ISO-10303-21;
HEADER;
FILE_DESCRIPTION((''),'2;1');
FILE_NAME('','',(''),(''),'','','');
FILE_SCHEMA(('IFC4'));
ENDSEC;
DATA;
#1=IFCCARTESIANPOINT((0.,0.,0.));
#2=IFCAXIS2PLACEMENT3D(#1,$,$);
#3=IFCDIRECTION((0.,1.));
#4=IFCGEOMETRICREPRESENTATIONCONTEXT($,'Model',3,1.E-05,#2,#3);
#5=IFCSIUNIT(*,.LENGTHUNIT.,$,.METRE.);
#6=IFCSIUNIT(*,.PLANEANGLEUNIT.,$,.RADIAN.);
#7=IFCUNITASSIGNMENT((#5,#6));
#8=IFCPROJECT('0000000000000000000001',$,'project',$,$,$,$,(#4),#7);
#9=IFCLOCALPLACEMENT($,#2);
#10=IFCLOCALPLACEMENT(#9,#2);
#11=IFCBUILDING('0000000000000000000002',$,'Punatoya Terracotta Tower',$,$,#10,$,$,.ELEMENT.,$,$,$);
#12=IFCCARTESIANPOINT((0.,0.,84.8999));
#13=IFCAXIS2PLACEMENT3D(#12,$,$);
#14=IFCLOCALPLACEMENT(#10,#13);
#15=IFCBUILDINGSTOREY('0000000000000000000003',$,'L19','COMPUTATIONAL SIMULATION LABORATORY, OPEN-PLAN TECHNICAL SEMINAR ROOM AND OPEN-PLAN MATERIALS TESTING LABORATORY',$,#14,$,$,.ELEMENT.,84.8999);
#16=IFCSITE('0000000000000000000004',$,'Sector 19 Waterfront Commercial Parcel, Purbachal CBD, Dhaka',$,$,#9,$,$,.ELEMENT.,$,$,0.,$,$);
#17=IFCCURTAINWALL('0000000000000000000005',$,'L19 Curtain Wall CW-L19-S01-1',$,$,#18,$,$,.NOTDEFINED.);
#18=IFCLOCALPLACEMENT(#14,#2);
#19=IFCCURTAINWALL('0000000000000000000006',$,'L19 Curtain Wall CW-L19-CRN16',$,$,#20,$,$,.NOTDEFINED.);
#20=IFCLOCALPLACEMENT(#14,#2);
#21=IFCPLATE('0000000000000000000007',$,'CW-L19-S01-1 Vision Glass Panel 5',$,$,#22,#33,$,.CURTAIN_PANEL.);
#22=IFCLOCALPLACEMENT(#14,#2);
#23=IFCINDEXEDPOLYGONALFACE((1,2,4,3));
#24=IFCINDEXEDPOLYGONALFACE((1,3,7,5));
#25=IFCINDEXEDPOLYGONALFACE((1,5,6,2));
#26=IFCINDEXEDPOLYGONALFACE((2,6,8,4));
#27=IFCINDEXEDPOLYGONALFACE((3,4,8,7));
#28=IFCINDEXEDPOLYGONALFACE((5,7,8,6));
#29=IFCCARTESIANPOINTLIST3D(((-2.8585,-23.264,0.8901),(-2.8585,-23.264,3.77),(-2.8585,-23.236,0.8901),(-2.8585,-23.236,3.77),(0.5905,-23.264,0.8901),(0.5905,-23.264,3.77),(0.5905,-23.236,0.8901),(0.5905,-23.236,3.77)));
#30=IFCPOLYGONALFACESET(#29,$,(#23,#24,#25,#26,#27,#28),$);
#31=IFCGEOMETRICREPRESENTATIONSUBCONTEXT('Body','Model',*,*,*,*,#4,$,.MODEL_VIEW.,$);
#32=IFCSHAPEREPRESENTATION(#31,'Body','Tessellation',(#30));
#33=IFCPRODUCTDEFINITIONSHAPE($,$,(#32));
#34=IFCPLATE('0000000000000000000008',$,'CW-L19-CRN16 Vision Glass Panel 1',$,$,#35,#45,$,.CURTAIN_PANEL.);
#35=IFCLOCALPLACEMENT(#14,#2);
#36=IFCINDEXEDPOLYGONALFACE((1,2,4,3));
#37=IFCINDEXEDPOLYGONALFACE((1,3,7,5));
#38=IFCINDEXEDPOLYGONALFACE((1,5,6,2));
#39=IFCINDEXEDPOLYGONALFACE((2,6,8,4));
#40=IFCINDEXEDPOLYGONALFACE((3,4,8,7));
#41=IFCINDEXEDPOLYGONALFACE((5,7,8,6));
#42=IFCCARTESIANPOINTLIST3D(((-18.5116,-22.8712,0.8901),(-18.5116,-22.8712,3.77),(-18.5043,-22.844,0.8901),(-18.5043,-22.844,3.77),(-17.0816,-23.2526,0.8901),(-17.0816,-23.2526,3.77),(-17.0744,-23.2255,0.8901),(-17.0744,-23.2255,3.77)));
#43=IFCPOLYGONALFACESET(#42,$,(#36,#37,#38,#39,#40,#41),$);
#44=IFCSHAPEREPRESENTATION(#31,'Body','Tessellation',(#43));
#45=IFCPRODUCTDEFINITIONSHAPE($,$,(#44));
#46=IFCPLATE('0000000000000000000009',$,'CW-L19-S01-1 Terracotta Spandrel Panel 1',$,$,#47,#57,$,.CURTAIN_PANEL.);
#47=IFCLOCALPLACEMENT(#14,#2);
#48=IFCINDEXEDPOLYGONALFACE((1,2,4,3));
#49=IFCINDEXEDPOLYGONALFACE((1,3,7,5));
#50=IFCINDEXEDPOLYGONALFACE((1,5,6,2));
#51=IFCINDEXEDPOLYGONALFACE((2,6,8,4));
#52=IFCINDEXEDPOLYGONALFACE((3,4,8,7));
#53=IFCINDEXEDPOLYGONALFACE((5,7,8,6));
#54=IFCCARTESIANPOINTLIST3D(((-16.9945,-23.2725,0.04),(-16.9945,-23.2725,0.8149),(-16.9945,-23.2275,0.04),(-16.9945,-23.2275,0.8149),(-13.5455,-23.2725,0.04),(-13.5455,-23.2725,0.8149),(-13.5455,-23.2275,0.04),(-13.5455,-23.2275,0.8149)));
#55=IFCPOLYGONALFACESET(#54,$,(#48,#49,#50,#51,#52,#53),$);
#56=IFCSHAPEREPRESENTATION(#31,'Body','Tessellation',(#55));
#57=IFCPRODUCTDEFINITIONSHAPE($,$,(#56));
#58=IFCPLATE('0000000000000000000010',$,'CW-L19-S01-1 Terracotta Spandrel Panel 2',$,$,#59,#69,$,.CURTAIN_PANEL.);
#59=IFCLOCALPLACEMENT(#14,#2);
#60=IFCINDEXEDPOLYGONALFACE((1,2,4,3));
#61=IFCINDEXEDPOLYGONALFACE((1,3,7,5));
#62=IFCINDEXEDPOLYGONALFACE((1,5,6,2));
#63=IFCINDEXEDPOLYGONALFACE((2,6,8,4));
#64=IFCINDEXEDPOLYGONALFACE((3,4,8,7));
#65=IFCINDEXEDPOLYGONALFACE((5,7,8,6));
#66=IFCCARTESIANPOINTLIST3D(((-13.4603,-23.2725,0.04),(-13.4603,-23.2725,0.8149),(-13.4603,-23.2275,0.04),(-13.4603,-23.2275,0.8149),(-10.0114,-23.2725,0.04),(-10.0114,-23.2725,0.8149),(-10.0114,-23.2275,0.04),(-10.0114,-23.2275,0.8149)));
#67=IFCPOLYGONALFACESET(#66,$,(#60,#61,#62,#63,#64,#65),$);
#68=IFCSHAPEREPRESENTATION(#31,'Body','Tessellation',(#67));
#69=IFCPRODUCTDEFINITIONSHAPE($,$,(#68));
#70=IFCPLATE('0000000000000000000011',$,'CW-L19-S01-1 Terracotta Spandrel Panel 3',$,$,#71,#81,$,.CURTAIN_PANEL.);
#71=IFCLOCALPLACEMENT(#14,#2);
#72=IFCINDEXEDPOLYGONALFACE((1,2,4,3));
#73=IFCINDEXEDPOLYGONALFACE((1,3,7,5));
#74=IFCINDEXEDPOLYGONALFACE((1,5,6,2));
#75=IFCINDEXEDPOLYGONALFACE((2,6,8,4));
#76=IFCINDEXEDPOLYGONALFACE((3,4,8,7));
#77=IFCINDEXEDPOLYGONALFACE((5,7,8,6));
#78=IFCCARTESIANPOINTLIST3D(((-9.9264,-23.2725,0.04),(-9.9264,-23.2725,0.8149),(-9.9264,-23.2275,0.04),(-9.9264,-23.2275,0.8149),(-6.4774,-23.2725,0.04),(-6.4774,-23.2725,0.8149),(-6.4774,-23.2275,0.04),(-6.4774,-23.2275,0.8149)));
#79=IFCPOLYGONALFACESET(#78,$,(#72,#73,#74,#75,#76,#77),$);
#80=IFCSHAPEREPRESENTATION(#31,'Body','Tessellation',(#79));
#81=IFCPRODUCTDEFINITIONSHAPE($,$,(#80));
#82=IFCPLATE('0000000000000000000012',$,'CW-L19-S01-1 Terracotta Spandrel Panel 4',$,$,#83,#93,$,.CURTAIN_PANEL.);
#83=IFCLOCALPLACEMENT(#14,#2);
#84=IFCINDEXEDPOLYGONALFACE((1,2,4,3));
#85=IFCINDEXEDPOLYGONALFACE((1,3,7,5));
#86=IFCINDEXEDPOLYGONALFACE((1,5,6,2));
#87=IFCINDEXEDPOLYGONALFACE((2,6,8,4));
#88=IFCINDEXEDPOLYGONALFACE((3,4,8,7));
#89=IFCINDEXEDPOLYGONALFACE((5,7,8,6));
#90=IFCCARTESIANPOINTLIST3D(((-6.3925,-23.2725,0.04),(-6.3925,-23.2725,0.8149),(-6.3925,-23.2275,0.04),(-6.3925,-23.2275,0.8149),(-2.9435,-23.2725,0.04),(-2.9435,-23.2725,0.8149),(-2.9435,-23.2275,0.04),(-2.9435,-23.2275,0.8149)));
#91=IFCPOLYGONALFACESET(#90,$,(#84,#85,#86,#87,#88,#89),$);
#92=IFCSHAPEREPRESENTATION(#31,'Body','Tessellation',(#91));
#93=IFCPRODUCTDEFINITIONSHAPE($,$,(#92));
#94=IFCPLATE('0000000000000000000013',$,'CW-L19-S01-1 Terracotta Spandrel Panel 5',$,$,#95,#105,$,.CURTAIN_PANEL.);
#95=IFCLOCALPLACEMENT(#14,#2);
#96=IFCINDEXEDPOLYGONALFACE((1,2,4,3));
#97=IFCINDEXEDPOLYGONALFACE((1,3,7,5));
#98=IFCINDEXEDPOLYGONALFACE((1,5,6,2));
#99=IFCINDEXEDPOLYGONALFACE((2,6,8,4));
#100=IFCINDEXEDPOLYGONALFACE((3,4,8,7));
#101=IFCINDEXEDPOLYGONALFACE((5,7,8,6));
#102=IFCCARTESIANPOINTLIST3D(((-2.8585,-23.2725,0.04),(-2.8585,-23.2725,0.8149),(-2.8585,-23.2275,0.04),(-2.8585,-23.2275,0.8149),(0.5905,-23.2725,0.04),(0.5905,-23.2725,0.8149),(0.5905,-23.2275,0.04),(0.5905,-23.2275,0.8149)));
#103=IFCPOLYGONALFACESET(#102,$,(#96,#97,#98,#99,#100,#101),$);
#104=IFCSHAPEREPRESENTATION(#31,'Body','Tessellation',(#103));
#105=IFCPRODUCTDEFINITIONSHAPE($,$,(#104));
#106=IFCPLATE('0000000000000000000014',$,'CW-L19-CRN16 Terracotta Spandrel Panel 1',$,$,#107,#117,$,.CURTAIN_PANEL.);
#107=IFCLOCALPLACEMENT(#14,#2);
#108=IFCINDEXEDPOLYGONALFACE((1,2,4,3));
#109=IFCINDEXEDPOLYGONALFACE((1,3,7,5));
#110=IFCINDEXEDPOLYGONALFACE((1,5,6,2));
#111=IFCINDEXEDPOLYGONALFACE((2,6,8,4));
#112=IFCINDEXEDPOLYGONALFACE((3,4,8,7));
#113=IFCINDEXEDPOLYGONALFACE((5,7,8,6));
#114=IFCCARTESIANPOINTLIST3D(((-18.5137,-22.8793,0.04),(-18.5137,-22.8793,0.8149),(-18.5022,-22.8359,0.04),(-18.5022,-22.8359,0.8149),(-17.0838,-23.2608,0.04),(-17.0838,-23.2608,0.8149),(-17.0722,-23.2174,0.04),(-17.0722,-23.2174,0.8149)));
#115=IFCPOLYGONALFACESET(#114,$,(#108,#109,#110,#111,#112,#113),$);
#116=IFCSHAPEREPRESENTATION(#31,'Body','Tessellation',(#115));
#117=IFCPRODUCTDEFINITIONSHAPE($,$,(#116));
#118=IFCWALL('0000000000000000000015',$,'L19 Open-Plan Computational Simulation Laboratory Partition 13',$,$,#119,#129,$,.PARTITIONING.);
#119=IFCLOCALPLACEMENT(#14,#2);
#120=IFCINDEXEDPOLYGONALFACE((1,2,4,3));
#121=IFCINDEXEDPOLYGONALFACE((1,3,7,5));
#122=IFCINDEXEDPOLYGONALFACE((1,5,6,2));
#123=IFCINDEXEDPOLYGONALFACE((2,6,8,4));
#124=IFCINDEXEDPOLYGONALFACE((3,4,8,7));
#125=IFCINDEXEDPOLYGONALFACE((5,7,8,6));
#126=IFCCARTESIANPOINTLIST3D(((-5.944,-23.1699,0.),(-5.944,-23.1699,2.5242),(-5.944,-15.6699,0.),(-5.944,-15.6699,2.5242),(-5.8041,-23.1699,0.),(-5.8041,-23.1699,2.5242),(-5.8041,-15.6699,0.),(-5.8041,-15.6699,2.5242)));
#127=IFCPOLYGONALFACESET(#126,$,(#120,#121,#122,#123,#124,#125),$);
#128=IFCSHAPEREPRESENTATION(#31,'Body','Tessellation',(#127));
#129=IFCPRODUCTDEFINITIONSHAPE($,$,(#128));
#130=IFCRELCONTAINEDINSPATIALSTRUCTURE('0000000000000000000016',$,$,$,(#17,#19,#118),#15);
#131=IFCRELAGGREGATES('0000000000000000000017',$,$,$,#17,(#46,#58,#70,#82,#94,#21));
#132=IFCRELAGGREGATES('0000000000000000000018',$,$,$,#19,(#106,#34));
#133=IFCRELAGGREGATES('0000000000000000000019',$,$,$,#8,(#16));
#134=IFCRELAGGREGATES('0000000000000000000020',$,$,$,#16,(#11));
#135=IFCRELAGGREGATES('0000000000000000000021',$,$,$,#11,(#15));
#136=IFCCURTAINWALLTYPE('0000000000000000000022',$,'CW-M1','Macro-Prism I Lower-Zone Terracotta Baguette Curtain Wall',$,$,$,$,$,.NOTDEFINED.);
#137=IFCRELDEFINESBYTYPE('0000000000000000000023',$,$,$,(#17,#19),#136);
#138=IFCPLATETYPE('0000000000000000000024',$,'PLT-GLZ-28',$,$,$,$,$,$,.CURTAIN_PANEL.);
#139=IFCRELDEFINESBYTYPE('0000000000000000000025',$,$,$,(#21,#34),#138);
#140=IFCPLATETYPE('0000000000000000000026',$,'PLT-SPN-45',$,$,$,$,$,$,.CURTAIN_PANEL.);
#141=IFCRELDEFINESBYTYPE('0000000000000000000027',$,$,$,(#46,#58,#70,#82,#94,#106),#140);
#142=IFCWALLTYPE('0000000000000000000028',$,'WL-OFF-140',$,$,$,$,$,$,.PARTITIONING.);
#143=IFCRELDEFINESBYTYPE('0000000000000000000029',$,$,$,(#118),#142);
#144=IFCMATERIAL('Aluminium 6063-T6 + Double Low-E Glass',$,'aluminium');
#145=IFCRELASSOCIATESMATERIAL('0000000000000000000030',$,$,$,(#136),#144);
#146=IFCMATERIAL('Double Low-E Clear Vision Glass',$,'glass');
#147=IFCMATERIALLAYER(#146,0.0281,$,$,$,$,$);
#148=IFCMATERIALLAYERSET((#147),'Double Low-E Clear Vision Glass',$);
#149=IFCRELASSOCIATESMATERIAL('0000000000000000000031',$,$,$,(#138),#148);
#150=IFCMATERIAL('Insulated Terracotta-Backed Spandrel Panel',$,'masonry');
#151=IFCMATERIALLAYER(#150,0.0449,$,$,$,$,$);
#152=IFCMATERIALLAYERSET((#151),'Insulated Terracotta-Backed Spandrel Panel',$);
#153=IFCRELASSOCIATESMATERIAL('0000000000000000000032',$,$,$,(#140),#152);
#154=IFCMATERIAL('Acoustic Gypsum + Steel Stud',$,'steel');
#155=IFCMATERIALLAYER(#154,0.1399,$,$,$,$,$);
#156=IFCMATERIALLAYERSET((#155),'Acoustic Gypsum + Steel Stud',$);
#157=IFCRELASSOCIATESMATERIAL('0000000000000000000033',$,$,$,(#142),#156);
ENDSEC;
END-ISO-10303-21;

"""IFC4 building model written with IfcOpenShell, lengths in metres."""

from ifc_helpers import new_model, si_unit, direction, frame, frame_2d, origin, origin_2d, place, context, subcontext, project, spatial, rectangle, extrude, material, layer, layer_set, type_object, element, aggregate, save


model = new_model("IFC4")

# Units and contexts
model_context = context("Model", 3, precision=1e-05, world=origin(), true_north=direction((0.0, 1.0)))
body_context = subcontext(model_context, "Body", "Model", "MODEL_VIEW")
ifc_project = project(units=[si_unit("LENGTHUNIT", "METRE"), si_unit("PLANEANGLEUNIT", "RADIAN")], contexts=[model_context])

# Site, building, storey
site_placement = place(None, origin())
site = spatial("IfcSite", under=ifc_project, at=site_placement, Name="Sector 19 Waterfront Commercial Parcel, Purbachal CBD, Dhaka", CompositionType="ELEMENT", RefElevation=0.0)
building_placement = place(site_placement, origin())
building = spatial("IfcBuilding", under=site, at=building_placement, Name="Punatoya Terracotta Tower", CompositionType="ELEMENT")
storey_placement = place(building_placement, frame((0.0, 0.0, 84.8999)))
storey = spatial("IfcBuildingStorey", under=building, at=storey_placement, Name="L19", Description="COMPUTATIONAL SIMULATION LABORATORY, OPEN-PLAN TECHNICAL SEMINAR ROOM AND OPEN-PLAN MATERIALS TESTING LABORATORY", CompositionType="ELEMENT", Elevation=84.8999)

# Curtain walls
ifc_material_1 = material(Name="Aluminium 6063-T6 + Double Low-E Glass", Category="aluminium")
curtain_wall_type = type_object("IfcCurtainWallType", Name="CW-M1", Description="Macro-Prism I Lower-Zone Terracotta Baguette Curtain Wall", PredefinedType="NOTDEFINED", material=ifc_material_1)
curtain_wall_1_placement = place(storey_placement, origin())
curtain_wall_1 = element("IfcCurtainWall", 1, at=curtain_wall_1_placement, inside=storey, type_object=curtain_wall_type, Name="L19 Curtain Wall CW-L19-S01-1", PredefinedType="NOTDEFINED")
curtain_wall_2_placement = place(storey_placement, origin())
curtain_wall_2 = element("IfcCurtainWall", 2, at=curtain_wall_2_placement, inside=storey, type_object=curtain_wall_type, Name="L19 Curtain Wall CW-L19-CRN16", PredefinedType="NOTDEFINED")

# Plates
ifc_material_2 = material(Name="Double Low-E Clear Vision Glass", Category="glass")
ifc_layer_1 = layer(ifc_material_2, 0.0281)
ifc_layer_set_1 = layer_set([ifc_layer_1], Name="Double Low-E Clear Vision Glass")
plate_type_1 = type_object("IfcPlateType", Name="PLT-GLZ-28", PredefinedType="CURTAIN_PANEL", material=ifc_layer_set_1)
plate_1_placement = place(storey_placement, frame((-1.134, -23.25, 0.8901), z_axis=(0.0, 0.0, 1.0), x_axis=(1.0, 0.0, 0.0)))
plate_1 = element("IfcPlate", 3, at=plate_1_placement, type_object=plate_type_1, Name="CW-L19-S01-1 Vision Glass Panel 5", PredefinedType="CURTAIN_PANEL", context=body_context, shape_type="SweptSolid", body=[
    extrude(rectangle(XDim=3.449, YDim=0.0281, at=origin_2d()), origin(), (0.0, 0.0, 1.0), 2.8799),
])
plate_2_placement = place(storey_placement, frame((-17.793, -23.0483, 0.8901), z_axis=(0.0, 0.0, 1.0), x_axis=(0.966214, -0.257742, 0.0)))
plate_2 = element("IfcPlate", 4, at=plate_2_placement, type_object=plate_type_1, Name="CW-L19-CRN16 Vision Glass Panel 1", PredefinedType="CURTAIN_PANEL", context=body_context, shape_type="SweptSolid", body=[
    extrude(rectangle(XDim=1.48, YDim=0.0281, at=origin_2d()), origin(), (0.0, 0.0, 1.0), 2.8799),
])
ifc_material_3 = material(Name="Insulated Terracotta-Backed Spandrel Panel", Category="masonry")
ifc_layer_2 = layer(ifc_material_3, 0.0449)
ifc_layer_set_2 = layer_set([ifc_layer_2], Name="Insulated Terracotta-Backed Spandrel Panel")
plate_type_2 = type_object("IfcPlateType", Name="PLT-SPN-45", PredefinedType="CURTAIN_PANEL", material=ifc_layer_set_2)
plate_3_placement = place(storey_placement, frame((-15.27, -23.25, 0.04), z_axis=(0.0, 0.0, 1.0), x_axis=(1.0, 0.0, 0.0)))
plate_3 = element("IfcPlate", 5, at=plate_3_placement, type_object=plate_type_2, Name="CW-L19-S01-1 Terracotta Spandrel Panel 1", PredefinedType="CURTAIN_PANEL", context=body_context, shape_type="SweptSolid", body=[
    extrude(rectangle(XDim=3.449, YDim=0.0449, at=origin_2d()), origin(), (0.0, 0.0, 1.0), 0.7749),
])
plate_4_placement = place(storey_placement, frame((-11.7358, -23.25, 0.04), z_axis=(0.0, 0.0, 1.0), x_axis=(1.0, 0.0, 0.0)))
plate_4 = element("IfcPlate", 6, at=plate_4_placement, type_object=plate_type_2, Name="CW-L19-S01-1 Terracotta Spandrel Panel 2", PredefinedType="CURTAIN_PANEL", context=body_context, shape_type="SweptSolid", body=[
    extrude(rectangle(XDim=3.449, YDim=0.0449, at=origin_2d()), origin(), (0.0, 0.0, 1.0), 0.7749),
])
plate_5_placement = place(storey_placement, frame((-8.2019, -23.25, 0.04), z_axis=(0.0, 0.0, 1.0), x_axis=(1.0, 0.0, 0.0)))
plate_5 = element("IfcPlate", 7, at=plate_5_placement, type_object=plate_type_2, Name="CW-L19-S01-1 Terracotta Spandrel Panel 3", PredefinedType="CURTAIN_PANEL", context=body_context, shape_type="SweptSolid", body=[
    extrude(rectangle(XDim=3.449, YDim=0.0449, at=origin_2d()), origin(), (0.0, 0.0, 1.0), 0.7749),
])
plate_6_placement = place(storey_placement, frame((-4.668, -23.25, 0.04), z_axis=(0.0, 0.0, 1.0), x_axis=(1.0, 0.0, 0.0)))
plate_6 = element("IfcPlate", 8, at=plate_6_placement, type_object=plate_type_2, Name="CW-L19-S01-1 Terracotta Spandrel Panel 4", PredefinedType="CURTAIN_PANEL", context=body_context, shape_type="SweptSolid", body=[
    extrude(rectangle(XDim=3.449, YDim=0.0449, at=origin_2d()), origin(), (0.0, 0.0, 1.0), 0.7749),
])
plate_7_placement = place(storey_placement, frame((-1.134, -23.25, 0.04), z_axis=(0.0, 0.0, 1.0), x_axis=(1.0, 0.0, 0.0)))
plate_7 = element("IfcPlate", 9, at=plate_7_placement, type_object=plate_type_2, Name="CW-L19-S01-1 Terracotta Spandrel Panel 5", PredefinedType="CURTAIN_PANEL", context=body_context, shape_type="SweptSolid", body=[
    extrude(rectangle(XDim=3.449, YDim=0.0449, at=origin_2d()), origin(), (0.0, 0.0, 1.0), 0.7749),
])
aggregate(curtain_wall_1, [plate_3, plate_4, plate_5, plate_6, plate_7, plate_1])
plate_8_placement = place(storey_placement, frame((-17.793, -23.0483, 0.04), z_axis=(0.0, 0.0, 1.0), x_axis=(0.966214, -0.257742, 0.0)))
plate_8 = element("IfcPlate", 10, at=plate_8_placement, type_object=plate_type_2, Name="CW-L19-CRN16 Terracotta Spandrel Panel 1", PredefinedType="CURTAIN_PANEL", context=body_context, shape_type="SweptSolid", body=[
    extrude(rectangle(XDim=1.48, YDim=0.0449, at=origin_2d()), origin(), (0.0, 0.0, 1.0), 0.7749),
])
aggregate(curtain_wall_2, [plate_8, plate_2])

# Wall
ifc_material_4 = material(Name="Acoustic Gypsum + Steel Stud", Category="steel")
ifc_layer_3 = layer(ifc_material_4, 0.1399)
ifc_layer_set_3 = layer_set([ifc_layer_3], Name="Acoustic Gypsum + Steel Stud")
wall_type = type_object("IfcWallType", Name="WL-OFF-140", PredefinedType="PARTITIONING", material=ifc_layer_set_3)
wall_placement = place(storey_placement, frame((-5.874, -23.1699, 0.0), z_axis=(0.0, 0.0, 1.0), x_axis=(0.0, 1.0, 0.0)))
element("IfcWall", 11, at=wall_placement, inside=storey, type_object=wall_type, Name="L19 Open-Plan Computational Simulation Laboratory Partition 13", PredefinedType="PARTITIONING", context=body_context, shape_type="SweptSolid", body=[
    extrude(rectangle(XDim=7.5, YDim=0.1399, at=frame_2d((3.75, 0.0))), origin(), (0.0, 0.0, 1.0), 2.5242),
])

save(model, "model.ifc")
